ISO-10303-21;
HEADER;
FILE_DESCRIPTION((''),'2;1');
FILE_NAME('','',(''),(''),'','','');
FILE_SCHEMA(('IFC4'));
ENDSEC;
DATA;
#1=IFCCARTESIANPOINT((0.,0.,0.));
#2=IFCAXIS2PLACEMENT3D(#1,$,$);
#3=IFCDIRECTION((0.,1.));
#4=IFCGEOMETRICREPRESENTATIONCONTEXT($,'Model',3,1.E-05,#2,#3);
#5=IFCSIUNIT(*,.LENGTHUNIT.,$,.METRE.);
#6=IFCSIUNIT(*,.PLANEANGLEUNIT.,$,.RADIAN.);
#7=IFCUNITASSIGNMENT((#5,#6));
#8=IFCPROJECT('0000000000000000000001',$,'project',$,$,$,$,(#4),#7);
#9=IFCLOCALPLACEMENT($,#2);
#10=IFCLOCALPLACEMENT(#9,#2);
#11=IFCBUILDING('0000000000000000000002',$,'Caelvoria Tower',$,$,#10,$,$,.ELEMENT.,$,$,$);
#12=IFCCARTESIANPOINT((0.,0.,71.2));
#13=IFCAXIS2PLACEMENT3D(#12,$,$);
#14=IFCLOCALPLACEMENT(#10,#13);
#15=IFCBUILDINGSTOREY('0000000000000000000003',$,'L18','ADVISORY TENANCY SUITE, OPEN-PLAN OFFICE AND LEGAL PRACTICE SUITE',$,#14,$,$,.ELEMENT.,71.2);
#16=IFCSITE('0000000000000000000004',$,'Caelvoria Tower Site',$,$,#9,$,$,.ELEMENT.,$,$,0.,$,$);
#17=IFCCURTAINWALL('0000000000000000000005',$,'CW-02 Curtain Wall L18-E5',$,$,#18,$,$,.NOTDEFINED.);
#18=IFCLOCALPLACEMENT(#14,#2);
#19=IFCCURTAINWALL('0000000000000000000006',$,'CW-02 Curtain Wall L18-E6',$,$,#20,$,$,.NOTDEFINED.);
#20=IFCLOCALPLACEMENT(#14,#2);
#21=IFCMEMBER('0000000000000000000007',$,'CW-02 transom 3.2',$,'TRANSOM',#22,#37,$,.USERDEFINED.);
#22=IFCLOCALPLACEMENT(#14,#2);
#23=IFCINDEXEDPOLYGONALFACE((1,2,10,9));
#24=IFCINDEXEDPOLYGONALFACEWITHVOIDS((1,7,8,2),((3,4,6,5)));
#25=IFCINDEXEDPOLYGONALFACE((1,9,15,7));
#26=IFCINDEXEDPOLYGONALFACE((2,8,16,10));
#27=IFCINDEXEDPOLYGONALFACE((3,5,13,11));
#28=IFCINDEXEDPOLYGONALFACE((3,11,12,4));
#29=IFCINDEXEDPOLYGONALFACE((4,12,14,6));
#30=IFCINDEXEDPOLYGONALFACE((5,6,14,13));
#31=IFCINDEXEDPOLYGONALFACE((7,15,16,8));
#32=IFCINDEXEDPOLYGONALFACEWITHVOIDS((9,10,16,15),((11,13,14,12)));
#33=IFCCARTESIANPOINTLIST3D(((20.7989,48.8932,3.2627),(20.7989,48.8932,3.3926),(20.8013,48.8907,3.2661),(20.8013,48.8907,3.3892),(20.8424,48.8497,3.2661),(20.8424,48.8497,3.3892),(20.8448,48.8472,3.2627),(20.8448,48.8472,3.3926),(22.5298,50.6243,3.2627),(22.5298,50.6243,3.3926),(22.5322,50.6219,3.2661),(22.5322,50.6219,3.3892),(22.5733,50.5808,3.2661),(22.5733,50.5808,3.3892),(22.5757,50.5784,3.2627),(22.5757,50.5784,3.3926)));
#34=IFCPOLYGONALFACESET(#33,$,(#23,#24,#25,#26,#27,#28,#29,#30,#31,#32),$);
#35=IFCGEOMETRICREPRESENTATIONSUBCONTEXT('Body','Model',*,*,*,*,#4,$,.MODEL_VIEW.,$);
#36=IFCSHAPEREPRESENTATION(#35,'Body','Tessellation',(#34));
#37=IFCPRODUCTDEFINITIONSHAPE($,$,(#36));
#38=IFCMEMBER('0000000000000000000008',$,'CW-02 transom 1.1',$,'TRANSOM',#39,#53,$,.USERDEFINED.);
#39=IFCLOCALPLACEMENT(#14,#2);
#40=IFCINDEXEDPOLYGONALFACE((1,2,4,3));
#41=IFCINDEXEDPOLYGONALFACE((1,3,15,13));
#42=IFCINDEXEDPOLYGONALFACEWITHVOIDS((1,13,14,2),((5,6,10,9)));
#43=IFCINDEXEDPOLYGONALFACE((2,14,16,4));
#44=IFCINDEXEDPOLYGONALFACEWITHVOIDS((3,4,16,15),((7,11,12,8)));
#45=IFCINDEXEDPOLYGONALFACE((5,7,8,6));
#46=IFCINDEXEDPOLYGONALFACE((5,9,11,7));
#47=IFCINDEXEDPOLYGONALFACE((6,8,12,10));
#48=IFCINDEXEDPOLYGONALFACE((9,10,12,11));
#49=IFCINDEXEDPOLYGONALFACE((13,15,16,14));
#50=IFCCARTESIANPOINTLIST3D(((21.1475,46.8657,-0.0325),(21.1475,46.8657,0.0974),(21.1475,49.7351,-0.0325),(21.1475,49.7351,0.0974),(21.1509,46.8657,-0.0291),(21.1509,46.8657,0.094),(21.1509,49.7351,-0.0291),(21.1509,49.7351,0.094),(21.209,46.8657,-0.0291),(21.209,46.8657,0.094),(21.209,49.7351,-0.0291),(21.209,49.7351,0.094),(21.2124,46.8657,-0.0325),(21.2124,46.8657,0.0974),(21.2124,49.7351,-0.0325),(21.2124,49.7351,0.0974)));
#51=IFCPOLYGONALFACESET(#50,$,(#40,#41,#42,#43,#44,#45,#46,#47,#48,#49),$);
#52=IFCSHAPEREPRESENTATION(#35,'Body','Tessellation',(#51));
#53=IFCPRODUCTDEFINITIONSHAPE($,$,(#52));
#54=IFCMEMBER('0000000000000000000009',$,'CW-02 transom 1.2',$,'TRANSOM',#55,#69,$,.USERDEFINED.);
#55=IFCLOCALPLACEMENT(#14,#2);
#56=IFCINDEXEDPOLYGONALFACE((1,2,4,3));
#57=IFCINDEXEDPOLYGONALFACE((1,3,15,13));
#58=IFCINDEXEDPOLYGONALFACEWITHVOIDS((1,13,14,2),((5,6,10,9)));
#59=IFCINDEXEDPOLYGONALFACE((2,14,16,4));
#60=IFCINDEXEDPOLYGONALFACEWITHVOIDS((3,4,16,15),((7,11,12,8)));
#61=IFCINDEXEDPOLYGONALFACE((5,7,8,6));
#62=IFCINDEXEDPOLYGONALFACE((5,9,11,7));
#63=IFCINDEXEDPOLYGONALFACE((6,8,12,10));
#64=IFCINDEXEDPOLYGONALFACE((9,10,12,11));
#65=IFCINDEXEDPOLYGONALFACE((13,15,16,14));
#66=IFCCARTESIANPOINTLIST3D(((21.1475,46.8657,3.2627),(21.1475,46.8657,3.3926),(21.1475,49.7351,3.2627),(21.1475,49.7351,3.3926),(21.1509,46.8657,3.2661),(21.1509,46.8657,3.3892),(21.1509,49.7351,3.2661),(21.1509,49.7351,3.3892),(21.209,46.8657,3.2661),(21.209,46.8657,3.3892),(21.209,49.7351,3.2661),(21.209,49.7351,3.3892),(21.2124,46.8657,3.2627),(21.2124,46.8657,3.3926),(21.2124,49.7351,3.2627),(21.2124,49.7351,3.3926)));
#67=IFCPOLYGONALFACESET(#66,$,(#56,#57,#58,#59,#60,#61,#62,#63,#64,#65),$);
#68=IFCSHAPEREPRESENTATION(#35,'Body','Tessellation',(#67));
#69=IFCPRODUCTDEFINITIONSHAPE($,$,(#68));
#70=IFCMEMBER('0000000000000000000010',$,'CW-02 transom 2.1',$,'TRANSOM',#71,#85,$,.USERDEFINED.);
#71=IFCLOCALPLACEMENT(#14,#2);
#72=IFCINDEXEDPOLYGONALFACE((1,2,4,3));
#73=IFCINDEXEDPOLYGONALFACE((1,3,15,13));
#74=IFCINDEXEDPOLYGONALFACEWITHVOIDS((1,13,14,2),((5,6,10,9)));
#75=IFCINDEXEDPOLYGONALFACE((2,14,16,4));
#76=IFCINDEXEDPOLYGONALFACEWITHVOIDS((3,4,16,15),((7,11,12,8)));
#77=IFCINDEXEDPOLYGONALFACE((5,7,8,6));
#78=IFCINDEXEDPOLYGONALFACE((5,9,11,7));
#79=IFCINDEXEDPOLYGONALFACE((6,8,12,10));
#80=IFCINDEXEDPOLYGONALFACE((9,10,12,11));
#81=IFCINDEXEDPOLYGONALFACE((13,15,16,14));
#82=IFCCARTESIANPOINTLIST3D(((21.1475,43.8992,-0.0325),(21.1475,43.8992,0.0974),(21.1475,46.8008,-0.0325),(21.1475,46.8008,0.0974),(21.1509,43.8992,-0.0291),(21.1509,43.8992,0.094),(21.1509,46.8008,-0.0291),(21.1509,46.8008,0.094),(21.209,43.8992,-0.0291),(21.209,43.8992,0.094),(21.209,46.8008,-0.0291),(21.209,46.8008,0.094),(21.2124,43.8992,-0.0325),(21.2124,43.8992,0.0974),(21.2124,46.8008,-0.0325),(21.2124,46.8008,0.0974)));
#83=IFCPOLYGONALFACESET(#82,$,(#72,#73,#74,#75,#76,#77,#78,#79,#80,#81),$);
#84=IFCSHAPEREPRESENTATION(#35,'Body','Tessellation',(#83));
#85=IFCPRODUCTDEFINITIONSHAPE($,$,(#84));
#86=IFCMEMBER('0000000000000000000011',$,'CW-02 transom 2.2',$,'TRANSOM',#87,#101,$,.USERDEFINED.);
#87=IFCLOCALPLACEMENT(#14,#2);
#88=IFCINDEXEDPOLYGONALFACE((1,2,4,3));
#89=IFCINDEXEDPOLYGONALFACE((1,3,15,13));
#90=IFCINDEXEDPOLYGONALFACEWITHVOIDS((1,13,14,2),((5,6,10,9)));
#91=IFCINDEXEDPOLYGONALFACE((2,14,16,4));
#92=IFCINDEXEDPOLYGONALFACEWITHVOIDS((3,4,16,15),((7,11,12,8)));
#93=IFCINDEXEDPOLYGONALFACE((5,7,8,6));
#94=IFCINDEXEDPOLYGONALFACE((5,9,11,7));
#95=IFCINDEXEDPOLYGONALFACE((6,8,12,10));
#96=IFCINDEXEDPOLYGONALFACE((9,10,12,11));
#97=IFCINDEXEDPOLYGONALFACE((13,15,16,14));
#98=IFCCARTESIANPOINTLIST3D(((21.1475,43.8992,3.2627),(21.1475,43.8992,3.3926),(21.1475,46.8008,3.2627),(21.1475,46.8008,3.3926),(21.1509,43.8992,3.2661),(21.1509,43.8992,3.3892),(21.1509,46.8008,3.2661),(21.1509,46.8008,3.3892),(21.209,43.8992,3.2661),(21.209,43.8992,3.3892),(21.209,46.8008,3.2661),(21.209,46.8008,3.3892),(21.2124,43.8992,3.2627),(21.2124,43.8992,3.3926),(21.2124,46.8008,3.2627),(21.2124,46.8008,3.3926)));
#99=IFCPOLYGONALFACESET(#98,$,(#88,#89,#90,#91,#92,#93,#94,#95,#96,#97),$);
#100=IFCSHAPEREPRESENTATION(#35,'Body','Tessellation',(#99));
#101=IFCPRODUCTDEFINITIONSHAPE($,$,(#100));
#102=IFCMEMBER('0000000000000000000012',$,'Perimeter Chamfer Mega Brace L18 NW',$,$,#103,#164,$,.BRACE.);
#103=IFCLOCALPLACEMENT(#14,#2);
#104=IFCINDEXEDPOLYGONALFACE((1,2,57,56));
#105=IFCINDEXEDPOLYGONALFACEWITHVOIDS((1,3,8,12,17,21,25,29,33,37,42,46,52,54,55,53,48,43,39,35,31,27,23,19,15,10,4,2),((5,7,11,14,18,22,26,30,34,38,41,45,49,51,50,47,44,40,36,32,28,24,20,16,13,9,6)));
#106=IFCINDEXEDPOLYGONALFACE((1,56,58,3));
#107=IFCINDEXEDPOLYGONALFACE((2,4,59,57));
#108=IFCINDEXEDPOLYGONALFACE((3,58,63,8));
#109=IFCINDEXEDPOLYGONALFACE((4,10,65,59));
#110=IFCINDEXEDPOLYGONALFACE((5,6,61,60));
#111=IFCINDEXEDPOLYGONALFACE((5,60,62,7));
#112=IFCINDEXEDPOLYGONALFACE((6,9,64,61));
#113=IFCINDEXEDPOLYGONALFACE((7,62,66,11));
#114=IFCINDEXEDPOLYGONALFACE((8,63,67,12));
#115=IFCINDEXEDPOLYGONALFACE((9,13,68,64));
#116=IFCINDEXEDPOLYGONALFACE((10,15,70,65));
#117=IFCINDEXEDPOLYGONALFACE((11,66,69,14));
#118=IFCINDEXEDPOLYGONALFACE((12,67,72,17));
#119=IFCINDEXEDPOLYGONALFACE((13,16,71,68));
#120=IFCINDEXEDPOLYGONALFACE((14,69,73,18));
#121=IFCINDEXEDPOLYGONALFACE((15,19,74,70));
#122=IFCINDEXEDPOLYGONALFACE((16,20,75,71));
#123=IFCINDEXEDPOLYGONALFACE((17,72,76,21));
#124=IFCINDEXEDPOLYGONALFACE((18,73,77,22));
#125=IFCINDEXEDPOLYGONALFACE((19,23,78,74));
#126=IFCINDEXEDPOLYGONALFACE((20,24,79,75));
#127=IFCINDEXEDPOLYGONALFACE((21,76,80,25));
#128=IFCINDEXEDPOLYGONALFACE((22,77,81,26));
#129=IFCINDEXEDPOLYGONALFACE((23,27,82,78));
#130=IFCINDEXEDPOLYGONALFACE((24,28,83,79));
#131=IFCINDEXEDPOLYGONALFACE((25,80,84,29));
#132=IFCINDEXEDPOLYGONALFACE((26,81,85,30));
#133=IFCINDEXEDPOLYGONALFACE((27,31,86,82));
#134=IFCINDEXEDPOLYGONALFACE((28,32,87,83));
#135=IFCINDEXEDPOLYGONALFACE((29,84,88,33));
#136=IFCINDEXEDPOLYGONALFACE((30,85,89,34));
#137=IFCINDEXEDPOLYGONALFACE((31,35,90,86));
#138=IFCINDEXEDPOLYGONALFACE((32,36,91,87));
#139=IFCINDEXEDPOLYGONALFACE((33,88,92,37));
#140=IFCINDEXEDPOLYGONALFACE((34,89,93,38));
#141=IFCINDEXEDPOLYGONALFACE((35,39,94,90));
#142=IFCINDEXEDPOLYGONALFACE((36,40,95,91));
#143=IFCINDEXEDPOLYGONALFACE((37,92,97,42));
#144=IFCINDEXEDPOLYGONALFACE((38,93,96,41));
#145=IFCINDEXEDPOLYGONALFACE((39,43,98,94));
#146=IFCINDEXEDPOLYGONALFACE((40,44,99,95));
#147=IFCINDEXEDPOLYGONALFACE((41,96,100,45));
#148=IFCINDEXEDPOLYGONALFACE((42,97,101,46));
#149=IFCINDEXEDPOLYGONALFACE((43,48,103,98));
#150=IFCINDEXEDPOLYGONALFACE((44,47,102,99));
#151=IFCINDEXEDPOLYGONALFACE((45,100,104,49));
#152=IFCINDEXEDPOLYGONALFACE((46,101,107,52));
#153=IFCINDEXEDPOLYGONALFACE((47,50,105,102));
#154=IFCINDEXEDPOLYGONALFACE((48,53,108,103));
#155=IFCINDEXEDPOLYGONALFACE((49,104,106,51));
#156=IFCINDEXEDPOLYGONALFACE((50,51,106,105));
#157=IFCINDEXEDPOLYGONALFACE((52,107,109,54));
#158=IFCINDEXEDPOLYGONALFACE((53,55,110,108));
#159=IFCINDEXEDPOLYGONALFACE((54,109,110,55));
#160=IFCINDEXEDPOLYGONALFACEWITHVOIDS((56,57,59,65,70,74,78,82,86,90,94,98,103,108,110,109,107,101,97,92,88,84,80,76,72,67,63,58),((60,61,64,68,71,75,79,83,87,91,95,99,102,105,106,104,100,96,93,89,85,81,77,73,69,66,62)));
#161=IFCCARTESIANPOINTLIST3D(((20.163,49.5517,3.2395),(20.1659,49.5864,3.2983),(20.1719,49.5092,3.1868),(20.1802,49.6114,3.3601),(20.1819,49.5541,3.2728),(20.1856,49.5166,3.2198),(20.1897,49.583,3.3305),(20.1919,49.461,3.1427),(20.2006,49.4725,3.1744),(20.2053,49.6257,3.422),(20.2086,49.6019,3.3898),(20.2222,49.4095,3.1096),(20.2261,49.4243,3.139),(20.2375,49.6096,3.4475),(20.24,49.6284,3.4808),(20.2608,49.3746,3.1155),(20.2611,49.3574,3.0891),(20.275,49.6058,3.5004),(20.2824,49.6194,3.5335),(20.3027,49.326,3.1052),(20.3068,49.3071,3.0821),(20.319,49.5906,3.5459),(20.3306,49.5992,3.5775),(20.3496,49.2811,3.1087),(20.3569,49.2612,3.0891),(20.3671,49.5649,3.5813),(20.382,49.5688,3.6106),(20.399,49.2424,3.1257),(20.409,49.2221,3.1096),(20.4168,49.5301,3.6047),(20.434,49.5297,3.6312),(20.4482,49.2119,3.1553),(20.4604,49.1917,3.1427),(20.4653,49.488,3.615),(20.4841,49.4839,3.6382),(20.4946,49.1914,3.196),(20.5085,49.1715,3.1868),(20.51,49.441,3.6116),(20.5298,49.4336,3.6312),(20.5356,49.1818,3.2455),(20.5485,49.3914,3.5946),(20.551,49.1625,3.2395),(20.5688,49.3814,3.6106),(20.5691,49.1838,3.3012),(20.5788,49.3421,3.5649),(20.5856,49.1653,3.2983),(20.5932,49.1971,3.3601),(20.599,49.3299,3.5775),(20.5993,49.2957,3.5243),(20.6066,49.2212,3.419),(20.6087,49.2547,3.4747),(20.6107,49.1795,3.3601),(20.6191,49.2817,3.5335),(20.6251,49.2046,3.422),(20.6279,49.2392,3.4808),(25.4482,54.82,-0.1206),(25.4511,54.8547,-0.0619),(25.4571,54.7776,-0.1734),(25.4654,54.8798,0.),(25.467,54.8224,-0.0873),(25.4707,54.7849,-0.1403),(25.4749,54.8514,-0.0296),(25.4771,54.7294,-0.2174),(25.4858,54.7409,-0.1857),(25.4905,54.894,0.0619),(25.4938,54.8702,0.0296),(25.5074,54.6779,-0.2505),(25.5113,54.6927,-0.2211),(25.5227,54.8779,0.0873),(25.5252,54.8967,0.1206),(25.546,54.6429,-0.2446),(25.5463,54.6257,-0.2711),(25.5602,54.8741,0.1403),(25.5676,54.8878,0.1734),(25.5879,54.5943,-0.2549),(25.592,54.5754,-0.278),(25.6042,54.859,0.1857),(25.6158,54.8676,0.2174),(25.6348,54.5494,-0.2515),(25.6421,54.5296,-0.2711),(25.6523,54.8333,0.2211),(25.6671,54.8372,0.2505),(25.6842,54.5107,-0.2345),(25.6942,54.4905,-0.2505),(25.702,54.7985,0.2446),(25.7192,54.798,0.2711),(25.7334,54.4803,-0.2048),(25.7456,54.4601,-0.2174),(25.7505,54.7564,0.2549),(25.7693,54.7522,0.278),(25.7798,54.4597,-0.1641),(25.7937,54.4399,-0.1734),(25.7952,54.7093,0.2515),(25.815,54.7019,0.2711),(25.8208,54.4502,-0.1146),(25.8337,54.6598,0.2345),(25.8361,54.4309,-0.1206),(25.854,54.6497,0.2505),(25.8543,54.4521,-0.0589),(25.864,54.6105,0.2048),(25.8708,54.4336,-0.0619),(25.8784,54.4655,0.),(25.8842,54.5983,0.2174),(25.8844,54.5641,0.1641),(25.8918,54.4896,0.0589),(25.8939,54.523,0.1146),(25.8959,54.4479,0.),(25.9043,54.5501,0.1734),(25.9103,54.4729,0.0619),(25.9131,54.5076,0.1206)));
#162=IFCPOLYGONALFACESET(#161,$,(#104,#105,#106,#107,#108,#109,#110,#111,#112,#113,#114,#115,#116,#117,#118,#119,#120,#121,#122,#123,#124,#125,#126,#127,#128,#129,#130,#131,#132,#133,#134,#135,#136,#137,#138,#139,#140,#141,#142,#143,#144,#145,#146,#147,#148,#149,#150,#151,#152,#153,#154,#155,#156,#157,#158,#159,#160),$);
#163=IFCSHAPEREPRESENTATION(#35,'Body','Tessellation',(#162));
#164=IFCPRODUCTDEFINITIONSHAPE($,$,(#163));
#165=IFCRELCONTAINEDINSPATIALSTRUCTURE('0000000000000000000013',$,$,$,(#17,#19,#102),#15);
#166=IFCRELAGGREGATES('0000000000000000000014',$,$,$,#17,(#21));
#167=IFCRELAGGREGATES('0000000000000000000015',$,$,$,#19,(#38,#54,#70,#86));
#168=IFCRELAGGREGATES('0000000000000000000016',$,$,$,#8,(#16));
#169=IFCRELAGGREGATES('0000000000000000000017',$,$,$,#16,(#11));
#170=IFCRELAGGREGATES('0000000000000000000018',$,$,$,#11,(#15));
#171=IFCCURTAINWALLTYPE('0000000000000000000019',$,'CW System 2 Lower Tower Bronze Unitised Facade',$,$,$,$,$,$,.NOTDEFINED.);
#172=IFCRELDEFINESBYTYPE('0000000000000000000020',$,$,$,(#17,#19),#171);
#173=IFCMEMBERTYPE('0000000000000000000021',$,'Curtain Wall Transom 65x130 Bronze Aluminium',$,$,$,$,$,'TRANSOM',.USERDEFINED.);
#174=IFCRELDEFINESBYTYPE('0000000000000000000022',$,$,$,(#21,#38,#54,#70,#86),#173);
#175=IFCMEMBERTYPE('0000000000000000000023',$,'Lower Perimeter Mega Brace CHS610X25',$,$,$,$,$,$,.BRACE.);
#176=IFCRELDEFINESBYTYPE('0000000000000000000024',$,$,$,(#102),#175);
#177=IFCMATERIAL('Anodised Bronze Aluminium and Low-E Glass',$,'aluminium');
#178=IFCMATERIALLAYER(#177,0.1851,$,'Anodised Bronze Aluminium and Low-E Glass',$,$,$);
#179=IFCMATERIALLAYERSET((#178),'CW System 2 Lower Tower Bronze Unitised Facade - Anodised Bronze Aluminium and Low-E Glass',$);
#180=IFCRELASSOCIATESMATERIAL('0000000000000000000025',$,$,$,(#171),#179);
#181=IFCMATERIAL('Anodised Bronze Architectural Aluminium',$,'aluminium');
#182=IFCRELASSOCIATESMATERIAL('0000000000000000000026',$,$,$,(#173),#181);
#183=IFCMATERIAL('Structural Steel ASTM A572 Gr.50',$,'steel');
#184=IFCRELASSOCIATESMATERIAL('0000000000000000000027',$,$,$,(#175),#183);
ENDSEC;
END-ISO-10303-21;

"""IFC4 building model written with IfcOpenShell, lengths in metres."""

from ifc_helpers import new_model, si_unit, direction, frame, origin, origin_2d, place, context, subcontext, project, spatial, hollow_rectangle, hollow_circle, extrude, material, layer, layer_set, material_profile, profile_set, type_object, element, aggregate, save


model = new_model("IFC4")

# Units and contexts
model_context = context("Model", 3, precision=1e-05, world=origin(), true_north=direction((0.0, 1.0)))
body_context = subcontext(model_context, "Body", "Model", "MODEL_VIEW")
ifc_project = project(units=[si_unit("LENGTHUNIT", "METRE"), si_unit("PLANEANGLEUNIT", "RADIAN")], contexts=[model_context])

# Site, building, storey
site_placement = place(None, origin())
site = spatial("IfcSite", under=ifc_project, at=site_placement, Name="Caelvoria Tower Site", CompositionType="ELEMENT", RefElevation=0.0)
building_placement = place(site_placement, origin())
building = spatial("IfcBuilding", under=site, at=building_placement, Name="Caelvoria Tower", CompositionType="ELEMENT")
storey_placement = place(building_placement, frame((0.0, 0.0, 71.2)))
storey = spatial("IfcBuildingStorey", under=building, at=storey_placement, Name="L18", Description="ADVISORY TENANCY SUITE, OPEN-PLAN OFFICE AND LEGAL PRACTICE SUITE", CompositionType="ELEMENT", Elevation=71.2)

# Shared definitions
ifc_material_1 = material(Name="Structural Steel ASTM A572 Gr.50", Category="steel")

# Shared definitions
ifc_material_2 = material(Name="Anodised Bronze Aluminium and Low-E Glass", Category="aluminium")
ifc_layer_1 = layer(ifc_material_2, 0.1851, Name="Anodised Bronze Aluminium and Low-E Glass")
ifc_layer_set_1 = layer_set([ifc_layer_1], Name="CW System 2 Lower Tower Bronze Unitised Facade - Anodised Bronze Aluminium and Low-E Glass")
curtain_wall_type = type_object("IfcCurtainWallType", Name="CW System 2 Lower Tower Bronze Unitised Facade", PredefinedType="NOTDEFINED", material=ifc_layer_set_1)
ifc_material_3 = material(Name="Anodised Bronze Architectural Aluminium", Category="aluminium")

# Curtain walls
curtain_wall_1_placement = place(storey_placement, origin())
curtain_wall_1 = element("IfcCurtainWall", 1, at=curtain_wall_1_placement, inside=storey, type_object=curtain_wall_type, Name="CW-02 Curtain Wall L18-E5", PredefinedType="NOTDEFINED")
curtain_wall_2_placement = place(storey_placement, origin())
curtain_wall_2 = element("IfcCurtainWall", 2, at=curtain_wall_2_placement, inside=storey, type_object=curtain_wall_type, Name="CW-02 Curtain Wall L18-E6", PredefinedType="NOTDEFINED")

# Members
ifc_material_profile_1 = material_profile(ifc_material_3, hollow_rectangle(XDim=0.0649, YDim=0.1299, WallThickness=0.0034, at=origin_2d()), Name="Anodised Bronze Architectural Aluminium")
ifc_profile_set_1 = profile_set([ifc_material_profile_1], Name="CW_TRAN_65X130 - Anodised Bronze Architectural Aluminium")
member_type_1 = type_object("IfcMemberType", Name="Curtain Wall Transom 65x130 Bronze Aluminium", ElementType="TRANSOM", PredefinedType="USERDEFINED", material=ifc_profile_set_1)
member_1_placement = place(storey_placement, frame((22.5527, 50.6013, 3.3276), z_axis=(-0.707057, -0.707157, 0.0), x_axis=(0.707157, -0.707057, 0.0)))
member_1 = element("IfcMember", 3, at=member_1_placement, type_object=member_type_1, Name="CW-02 transom 3.2", ObjectType="TRANSOM", PredefinedType="USERDEFINED", context=body_context, shape_type="SweptSolid", body=[
    extrude(hollow_rectangle(XDim=0.0649, YDim=0.1299, WallThickness=0.0034, at=origin_2d()), origin(), (0.0, 0.0, 1.0), 2.448),
])
member_2_placement = place(storey_placement, frame((21.1799, 49.7351, 0.0325), z_axis=(0.0, -1.0, 0.0), x_axis=(1.0, 0.0, 0.0)))
member_2 = element("IfcMember", 4, at=member_2_placement, type_object=member_type_1, Name="CW-02 transom 1.1", ObjectType="TRANSOM", PredefinedType="USERDEFINED", context=body_context, shape_type="SweptSolid", body=[
    extrude(hollow_rectangle(XDim=0.0649, YDim=0.1299, WallThickness=0.0034, at=origin_2d()), origin(), (0.0, 0.0, 1.0), 2.8694),
])
member_3_placement = place(storey_placement, frame((21.1799, 49.7351, 3.3276), z_axis=(0.0, -1.0, 0.0), x_axis=(1.0, 0.0, 0.0)))
member_3 = element("IfcMember", 5, at=member_3_placement, type_object=member_type_1, Name="CW-02 transom 1.2", ObjectType="TRANSOM", PredefinedType="USERDEFINED", context=body_context, shape_type="SweptSolid", body=[
    extrude(hollow_rectangle(XDim=0.0649, YDim=0.1299, WallThickness=0.0034, at=origin_2d()), origin(), (0.0, 0.0, 1.0), 2.8694),
])
member_4_placement = place(storey_placement, frame((21.1799, 46.8008, 0.0325), z_axis=(0.0, -1.0, 0.0), x_axis=(1.0, 0.0, 0.0)))
member_4 = element("IfcMember", 6, at=member_4_placement, type_object=member_type_1, Name="CW-02 transom 2.1", ObjectType="TRANSOM", PredefinedType="USERDEFINED", context=body_context, shape_type="SweptSolid", body=[
    extrude(hollow_rectangle(XDim=0.0649, YDim=0.1299, WallThickness=0.0034, at=origin_2d()), origin(), (0.0, 0.0, 1.0), 2.9016),
])
member_5_placement = place(storey_placement, frame((21.1799, 46.8008, 3.3276), z_axis=(0.0, -1.0, 0.0), x_axis=(1.0, 0.0, 0.0)))
member_5 = element("IfcMember", 7, at=member_5_placement, type_object=member_type_1, Name="CW-02 transom 2.2", ObjectType="TRANSOM", PredefinedType="USERDEFINED", context=body_context, shape_type="SweptSolid", body=[
    extrude(hollow_rectangle(XDim=0.0649, YDim=0.1299, WallThickness=0.0034, at=origin_2d()), origin(), (0.0, 0.0, 1.0), 2.9016),
])

# Member
ifc_material_profile_2 = material_profile(ifc_material_1, hollow_circle(Radius=0.3049, WallThickness=0.0249, at=origin_2d()), Name="Structural Steel ASTM A572 Gr.50")
ifc_profile_set_2 = profile_set([ifc_material_profile_2], Name="CHS610X25 - Structural Steel ASTM A572 Gr.50")
member_type_2 = type_object("IfcMemberType", Name="Lower Perimeter Mega Brace CHS610X25", PredefinedType="BRACE", material=ifc_profile_set_2)
member_6_placement = place(storey_placement, frame((25.6807, 54.6638, 0.0), z_axis=(-0.645789, -0.643731, 0.410569), x_axis=(0.705977, -0.708235, 0.0)))
element("IfcMember", 8, at=member_6_placement, inside=storey, type_object=member_type_2, Name="Perimeter Chamfer Mega Brace L18 NW", PredefinedType="BRACE", context=body_context, shape_type="SweptSolid", body=[
    extrude(hollow_circle(Radius=0.3049, WallThickness=0.0249, at=origin_2d()), origin(), (0.0, 0.0, 1.0), 8.1841),
])

aggregate(curtain_wall_1, [member_1])
aggregate(curtain_wall_2, [member_2, member_3, member_4, member_5])

save(model, "model.ifc")
